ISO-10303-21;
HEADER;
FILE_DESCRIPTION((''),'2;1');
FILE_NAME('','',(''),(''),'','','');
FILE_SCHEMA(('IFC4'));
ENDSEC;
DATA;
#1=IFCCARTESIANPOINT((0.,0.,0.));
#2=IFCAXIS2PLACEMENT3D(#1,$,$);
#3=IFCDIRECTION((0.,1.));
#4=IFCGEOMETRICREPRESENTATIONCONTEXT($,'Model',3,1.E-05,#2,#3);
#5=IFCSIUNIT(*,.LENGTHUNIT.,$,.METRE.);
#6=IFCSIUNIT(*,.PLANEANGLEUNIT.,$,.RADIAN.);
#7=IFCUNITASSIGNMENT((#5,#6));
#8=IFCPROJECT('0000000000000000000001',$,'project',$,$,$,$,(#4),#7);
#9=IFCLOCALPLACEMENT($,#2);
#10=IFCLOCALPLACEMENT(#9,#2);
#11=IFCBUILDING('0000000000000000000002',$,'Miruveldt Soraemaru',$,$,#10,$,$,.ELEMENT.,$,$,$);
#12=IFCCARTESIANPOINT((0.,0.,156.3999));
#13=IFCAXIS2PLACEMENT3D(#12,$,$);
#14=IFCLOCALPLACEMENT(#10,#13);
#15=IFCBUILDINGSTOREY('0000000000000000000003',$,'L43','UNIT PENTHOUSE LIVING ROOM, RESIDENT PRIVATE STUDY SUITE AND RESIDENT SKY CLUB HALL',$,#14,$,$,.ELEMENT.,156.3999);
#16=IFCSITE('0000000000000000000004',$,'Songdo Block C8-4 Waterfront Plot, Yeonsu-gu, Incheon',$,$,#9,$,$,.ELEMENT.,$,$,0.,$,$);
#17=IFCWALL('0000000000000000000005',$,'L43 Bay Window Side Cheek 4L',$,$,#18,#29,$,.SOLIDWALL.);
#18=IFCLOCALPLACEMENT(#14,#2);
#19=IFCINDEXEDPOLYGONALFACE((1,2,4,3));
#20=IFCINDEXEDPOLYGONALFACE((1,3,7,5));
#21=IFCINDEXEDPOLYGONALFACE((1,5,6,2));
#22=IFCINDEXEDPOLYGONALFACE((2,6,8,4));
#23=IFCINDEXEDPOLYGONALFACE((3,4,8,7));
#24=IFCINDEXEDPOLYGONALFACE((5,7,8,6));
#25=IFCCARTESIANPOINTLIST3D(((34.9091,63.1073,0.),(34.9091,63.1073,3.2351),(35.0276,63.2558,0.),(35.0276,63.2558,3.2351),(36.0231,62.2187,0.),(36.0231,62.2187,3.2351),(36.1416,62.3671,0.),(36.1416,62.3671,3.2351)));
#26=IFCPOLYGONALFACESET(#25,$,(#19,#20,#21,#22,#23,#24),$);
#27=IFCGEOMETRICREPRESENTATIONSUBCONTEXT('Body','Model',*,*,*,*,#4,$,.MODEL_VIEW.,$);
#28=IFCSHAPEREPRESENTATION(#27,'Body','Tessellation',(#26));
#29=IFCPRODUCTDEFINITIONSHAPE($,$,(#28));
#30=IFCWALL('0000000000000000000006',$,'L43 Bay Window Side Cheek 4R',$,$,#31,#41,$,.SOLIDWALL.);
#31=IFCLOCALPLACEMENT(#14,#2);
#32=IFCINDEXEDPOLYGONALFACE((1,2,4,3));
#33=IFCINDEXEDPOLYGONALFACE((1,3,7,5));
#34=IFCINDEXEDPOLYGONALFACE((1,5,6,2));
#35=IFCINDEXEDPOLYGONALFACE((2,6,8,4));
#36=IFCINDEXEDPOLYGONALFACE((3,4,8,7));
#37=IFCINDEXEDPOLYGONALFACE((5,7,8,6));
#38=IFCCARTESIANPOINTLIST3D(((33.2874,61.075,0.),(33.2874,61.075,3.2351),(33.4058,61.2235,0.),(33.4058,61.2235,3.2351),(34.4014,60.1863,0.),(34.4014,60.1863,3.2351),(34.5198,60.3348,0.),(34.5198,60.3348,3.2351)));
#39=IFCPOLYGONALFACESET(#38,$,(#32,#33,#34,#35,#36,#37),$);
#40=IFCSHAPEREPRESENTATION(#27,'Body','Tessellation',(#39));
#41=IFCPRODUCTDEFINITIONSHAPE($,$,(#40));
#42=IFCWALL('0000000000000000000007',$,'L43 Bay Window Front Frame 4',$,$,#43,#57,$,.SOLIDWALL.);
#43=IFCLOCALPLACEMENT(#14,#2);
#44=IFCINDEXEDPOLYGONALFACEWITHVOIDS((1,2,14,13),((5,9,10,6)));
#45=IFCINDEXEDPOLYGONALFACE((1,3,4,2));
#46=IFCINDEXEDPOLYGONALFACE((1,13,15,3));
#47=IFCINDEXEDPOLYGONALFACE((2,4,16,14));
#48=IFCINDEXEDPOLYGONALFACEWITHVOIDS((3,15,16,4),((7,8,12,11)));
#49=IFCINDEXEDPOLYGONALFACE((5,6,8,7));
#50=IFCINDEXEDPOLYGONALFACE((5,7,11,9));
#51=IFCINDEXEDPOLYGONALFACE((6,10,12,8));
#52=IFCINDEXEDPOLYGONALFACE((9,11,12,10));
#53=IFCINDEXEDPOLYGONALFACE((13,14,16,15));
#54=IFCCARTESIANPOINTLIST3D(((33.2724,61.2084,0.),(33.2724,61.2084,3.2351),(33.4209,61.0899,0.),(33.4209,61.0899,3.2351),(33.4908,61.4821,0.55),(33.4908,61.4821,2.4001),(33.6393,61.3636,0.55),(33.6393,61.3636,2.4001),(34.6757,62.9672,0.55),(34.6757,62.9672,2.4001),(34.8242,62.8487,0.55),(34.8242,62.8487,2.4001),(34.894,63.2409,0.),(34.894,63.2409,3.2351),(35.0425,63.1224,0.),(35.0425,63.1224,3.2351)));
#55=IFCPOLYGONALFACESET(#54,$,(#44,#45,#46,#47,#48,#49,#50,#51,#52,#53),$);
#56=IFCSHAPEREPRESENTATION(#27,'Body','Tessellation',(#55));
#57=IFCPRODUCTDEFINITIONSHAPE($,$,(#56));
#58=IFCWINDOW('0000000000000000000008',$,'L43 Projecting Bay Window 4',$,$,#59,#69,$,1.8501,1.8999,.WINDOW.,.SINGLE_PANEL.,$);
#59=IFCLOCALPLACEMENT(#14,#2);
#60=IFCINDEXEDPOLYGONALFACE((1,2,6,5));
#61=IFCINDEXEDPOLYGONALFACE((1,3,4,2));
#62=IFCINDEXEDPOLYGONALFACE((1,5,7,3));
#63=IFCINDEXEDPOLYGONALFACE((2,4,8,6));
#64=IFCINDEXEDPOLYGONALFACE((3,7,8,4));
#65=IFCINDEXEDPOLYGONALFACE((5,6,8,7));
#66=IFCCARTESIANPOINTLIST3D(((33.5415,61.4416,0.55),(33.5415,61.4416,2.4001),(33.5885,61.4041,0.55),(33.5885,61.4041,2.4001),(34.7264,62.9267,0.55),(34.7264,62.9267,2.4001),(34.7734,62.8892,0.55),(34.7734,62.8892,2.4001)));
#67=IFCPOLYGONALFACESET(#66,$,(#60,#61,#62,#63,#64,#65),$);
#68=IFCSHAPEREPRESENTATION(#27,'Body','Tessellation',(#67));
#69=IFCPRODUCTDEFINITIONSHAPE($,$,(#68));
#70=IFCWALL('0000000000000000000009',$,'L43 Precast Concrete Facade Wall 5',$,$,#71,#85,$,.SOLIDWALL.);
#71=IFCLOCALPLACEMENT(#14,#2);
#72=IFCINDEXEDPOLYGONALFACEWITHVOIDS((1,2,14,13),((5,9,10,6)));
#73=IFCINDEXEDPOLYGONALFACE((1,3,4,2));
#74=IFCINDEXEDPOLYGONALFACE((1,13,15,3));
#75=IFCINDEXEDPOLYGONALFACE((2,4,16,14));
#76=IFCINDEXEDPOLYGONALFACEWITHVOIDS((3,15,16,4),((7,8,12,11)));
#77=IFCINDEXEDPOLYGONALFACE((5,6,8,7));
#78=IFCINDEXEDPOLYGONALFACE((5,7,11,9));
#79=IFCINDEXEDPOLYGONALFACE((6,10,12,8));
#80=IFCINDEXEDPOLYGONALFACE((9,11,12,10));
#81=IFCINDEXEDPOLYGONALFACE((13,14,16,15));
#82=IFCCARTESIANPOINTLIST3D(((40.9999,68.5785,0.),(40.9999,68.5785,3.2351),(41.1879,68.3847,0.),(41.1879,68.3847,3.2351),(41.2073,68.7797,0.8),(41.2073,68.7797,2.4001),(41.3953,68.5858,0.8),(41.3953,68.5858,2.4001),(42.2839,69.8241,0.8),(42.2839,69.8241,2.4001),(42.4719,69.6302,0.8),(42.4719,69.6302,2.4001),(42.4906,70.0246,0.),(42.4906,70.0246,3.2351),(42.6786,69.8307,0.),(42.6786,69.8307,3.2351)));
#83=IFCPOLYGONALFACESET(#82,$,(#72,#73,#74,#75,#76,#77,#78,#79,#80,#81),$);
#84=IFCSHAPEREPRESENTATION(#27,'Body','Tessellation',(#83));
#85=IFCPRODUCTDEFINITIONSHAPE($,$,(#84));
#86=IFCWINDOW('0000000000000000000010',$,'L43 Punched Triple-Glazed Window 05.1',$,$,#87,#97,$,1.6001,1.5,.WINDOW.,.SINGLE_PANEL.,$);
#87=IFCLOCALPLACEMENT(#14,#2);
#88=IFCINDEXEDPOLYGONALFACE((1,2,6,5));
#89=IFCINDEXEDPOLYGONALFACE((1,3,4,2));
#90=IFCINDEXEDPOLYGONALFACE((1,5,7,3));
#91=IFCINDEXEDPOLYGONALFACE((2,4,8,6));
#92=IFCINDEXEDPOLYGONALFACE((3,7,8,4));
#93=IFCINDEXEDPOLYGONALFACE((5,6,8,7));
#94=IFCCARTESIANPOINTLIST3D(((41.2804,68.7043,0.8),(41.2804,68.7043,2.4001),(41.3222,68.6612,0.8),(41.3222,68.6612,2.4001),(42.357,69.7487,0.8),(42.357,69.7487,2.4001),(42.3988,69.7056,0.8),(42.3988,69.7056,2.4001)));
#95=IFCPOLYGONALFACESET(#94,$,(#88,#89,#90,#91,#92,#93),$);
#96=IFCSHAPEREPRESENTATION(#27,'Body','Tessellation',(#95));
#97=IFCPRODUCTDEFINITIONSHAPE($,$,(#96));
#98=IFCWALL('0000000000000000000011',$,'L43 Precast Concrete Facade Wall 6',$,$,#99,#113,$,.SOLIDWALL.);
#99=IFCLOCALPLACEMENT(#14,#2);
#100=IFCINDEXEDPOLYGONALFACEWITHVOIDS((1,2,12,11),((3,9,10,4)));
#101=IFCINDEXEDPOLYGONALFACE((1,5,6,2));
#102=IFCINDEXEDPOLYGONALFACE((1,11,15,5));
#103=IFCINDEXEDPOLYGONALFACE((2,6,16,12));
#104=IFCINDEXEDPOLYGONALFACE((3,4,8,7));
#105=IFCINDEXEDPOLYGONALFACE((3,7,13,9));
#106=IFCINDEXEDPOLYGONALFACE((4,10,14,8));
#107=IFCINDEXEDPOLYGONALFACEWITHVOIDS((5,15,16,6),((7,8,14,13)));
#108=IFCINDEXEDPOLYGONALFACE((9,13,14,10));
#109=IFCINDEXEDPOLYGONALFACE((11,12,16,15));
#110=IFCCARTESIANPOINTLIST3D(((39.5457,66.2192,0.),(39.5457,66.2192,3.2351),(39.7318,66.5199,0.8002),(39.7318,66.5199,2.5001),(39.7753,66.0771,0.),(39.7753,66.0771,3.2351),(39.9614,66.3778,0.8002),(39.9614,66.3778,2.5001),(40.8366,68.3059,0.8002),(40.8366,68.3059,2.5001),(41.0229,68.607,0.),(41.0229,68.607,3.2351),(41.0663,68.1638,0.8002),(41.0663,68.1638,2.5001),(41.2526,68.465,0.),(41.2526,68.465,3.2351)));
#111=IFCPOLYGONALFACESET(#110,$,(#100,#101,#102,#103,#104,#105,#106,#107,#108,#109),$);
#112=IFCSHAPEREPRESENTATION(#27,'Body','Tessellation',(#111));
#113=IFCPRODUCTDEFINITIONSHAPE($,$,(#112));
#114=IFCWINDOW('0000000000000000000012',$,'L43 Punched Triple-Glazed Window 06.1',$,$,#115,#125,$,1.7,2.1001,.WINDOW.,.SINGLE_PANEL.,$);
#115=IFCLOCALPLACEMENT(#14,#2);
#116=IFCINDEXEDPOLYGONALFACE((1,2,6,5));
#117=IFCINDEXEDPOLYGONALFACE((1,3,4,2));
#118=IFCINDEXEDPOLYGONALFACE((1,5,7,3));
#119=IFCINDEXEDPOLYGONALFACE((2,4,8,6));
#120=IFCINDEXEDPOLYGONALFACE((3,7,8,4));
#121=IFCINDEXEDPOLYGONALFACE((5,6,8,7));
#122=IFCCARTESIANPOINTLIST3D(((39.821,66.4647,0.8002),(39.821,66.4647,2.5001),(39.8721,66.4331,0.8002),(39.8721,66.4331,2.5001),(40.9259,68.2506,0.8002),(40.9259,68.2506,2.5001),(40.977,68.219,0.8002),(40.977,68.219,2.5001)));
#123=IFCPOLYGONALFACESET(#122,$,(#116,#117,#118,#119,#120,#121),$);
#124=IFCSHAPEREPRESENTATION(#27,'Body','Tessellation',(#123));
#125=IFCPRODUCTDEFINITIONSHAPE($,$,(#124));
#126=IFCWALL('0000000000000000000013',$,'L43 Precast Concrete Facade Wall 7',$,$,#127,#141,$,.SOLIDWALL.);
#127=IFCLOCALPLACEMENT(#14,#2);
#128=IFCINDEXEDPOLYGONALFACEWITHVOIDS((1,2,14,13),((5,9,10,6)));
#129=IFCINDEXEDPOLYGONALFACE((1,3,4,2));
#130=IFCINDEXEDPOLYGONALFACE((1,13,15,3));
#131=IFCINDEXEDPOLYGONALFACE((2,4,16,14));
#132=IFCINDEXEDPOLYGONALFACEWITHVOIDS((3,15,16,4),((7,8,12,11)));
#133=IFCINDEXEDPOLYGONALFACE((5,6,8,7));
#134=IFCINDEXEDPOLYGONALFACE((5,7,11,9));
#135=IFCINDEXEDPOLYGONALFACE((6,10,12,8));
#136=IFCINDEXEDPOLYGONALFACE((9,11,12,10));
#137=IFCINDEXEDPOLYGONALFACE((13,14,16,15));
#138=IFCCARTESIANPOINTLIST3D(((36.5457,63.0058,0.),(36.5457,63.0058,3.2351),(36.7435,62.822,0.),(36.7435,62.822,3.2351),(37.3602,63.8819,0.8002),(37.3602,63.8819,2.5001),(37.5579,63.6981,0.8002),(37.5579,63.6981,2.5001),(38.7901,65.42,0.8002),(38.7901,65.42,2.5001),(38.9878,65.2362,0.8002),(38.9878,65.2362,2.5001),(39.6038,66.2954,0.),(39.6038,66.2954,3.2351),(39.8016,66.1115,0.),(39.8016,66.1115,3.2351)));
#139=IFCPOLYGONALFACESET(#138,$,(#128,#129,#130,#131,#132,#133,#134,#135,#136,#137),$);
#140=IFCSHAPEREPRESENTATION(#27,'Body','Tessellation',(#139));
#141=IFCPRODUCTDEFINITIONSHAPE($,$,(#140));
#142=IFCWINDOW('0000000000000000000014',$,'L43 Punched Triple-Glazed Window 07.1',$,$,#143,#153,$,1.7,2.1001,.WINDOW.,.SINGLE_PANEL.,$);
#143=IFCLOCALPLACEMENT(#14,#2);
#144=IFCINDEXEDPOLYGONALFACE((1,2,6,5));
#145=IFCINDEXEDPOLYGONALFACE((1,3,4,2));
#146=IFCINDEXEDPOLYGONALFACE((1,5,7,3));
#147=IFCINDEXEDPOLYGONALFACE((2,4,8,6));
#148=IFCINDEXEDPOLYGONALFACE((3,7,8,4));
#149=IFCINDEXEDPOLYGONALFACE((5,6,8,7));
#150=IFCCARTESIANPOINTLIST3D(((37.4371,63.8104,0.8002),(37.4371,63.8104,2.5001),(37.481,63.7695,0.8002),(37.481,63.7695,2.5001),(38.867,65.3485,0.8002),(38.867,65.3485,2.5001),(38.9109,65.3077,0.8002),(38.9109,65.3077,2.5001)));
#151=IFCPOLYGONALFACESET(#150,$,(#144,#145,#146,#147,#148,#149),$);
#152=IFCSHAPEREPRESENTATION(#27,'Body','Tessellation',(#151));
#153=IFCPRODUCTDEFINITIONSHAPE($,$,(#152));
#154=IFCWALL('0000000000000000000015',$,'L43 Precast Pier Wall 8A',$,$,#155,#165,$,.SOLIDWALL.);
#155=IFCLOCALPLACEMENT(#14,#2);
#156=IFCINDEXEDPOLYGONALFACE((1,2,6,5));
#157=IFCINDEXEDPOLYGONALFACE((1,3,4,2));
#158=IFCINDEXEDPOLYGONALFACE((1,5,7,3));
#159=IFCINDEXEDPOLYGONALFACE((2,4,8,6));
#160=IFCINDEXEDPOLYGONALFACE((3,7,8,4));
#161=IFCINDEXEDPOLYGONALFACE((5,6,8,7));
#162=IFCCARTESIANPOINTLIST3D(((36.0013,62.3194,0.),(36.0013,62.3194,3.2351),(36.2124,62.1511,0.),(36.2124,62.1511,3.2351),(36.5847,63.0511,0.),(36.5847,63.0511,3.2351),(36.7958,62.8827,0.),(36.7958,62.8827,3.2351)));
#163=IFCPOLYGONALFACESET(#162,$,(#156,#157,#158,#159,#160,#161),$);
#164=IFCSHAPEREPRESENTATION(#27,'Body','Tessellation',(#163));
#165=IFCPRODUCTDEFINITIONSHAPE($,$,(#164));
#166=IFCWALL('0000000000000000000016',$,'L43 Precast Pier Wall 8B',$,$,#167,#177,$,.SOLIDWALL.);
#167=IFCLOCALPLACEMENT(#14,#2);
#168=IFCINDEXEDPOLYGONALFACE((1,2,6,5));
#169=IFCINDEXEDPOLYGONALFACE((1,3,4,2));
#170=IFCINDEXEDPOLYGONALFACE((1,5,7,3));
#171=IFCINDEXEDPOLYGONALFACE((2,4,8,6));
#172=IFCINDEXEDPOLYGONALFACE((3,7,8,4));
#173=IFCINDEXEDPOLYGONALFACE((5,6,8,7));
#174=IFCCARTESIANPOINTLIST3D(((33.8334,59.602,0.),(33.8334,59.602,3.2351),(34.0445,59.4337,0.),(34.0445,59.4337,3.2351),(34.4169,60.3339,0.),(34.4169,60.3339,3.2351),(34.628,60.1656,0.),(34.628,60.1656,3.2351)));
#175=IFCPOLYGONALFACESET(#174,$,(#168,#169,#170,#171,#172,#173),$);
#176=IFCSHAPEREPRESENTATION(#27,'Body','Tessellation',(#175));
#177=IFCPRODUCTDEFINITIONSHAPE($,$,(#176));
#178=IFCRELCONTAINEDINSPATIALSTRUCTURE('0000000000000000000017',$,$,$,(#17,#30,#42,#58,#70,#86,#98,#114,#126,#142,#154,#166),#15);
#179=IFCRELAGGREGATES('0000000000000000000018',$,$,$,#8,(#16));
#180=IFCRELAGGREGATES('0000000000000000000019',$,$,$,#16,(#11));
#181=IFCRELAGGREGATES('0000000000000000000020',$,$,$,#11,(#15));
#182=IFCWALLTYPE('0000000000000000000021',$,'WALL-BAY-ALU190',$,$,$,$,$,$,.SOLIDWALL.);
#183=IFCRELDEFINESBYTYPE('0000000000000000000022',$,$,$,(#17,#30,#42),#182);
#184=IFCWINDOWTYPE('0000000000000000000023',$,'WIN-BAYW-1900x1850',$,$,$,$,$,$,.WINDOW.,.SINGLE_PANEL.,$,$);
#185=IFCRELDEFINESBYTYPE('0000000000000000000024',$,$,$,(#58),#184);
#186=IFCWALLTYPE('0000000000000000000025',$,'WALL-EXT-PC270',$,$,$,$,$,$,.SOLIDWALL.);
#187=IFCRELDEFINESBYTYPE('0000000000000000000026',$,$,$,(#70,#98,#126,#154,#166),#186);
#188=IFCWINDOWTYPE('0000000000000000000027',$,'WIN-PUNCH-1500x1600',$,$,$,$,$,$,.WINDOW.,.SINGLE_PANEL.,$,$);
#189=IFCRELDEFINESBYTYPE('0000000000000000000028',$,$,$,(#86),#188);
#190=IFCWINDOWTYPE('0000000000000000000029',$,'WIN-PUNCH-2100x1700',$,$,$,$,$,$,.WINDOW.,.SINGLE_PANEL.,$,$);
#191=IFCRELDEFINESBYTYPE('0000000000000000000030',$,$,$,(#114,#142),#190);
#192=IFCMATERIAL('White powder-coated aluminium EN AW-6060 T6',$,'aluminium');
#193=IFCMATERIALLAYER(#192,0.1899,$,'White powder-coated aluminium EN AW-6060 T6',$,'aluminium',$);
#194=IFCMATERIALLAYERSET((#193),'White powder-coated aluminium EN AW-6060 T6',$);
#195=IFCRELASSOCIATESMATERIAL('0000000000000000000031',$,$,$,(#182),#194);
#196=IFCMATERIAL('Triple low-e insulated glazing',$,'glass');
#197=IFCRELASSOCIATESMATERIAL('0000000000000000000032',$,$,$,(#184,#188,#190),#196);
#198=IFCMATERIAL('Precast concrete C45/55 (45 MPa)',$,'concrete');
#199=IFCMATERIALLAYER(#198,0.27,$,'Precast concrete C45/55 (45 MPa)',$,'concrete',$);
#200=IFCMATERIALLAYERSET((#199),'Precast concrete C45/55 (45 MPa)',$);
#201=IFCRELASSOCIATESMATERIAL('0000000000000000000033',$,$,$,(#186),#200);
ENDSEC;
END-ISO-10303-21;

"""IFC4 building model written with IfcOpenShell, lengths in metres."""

from ifc_helpers import new_model, si_unit, direction, frame, frame_2d, origin, place, context, subcontext, project, spatial, rectangle, extrude, material, layer, layer_set, type_object, element, fill, save


model = new_model("IFC4")

# Units and contexts
model_context = context("Model", 3, precision=1e-05, world=origin(), true_north=direction((0.0, 1.0)))
body_context = subcontext(model_context, "Body", "Model", "MODEL_VIEW")
ifc_project = project(units=[si_unit("LENGTHUNIT", "METRE"), si_unit("PLANEANGLEUNIT", "RADIAN")], contexts=[model_context])

# Site, building, storey
site_placement = place(None, origin())
site = spatial("IfcSite", under=ifc_project, at=site_placement, Name="Songdo Block C8-4 Waterfront Plot, Yeonsu-gu, Incheon", CompositionType="ELEMENT", RefElevation=0.0)
building_placement = place(site_placement, origin())
building = spatial("IfcBuilding", under=site, at=building_placement, Name="Miruveldt Soraemaru", CompositionType="ELEMENT")
storey_placement = place(building_placement, frame((0.0, 0.0, 156.3999)))
storey = spatial("IfcBuildingStorey", under=building, at=storey_placement, Name="L43", Description="UNIT PENTHOUSE LIVING ROOM, RESIDENT PRIVATE STUDY SUITE AND RESIDENT SKY CLUB HALL", CompositionType="ELEMENT", Elevation=156.3999)

# Walls
ifc_material_1 = material(Name="White powder-coated aluminium EN AW-6060 T6", Category="aluminium")
ifc_layer_1 = layer(ifc_material_1, 0.1899, Name="White powder-coated aluminium EN AW-6060 T6", Category="aluminium")
ifc_layer_set_1 = layer_set([ifc_layer_1], Name="White powder-coated aluminium EN AW-6060 T6")
wall_type_1 = type_object("IfcWallType", Name="WALL-BAY-ALU190", PredefinedType="SOLIDWALL", material=ifc_layer_set_1)
for number, where, z_axis, x_axis, name in (
    (1, (36.0823, 62.293, 0.0), (0.0, 0.0, 1.0), (-0.781737, 0.623608, 0.0), "L43 Bay Window Side Cheek 4L"),
    (2, (33.3467, 61.1492, 0.0), (0.0, 0.0, 1.0), (0.781737, -0.623608, 0.0), "L43 Bay Window Side Cheek 4R"),
):
    element("IfcWall", number, at=place(storey_placement, frame(where, z_axis=z_axis, x_axis=x_axis)), inside=storey, type_object=wall_type_1, Name=name, PredefinedType="SOLIDWALL", context=body_context, shape_type="SweptSolid", body=[
        extrude(rectangle(XDim=1.425, YDim=0.1899, at=frame_2d((0.7124, 0.0))), origin(), (0.0, 0.0, 1.0), 3.2351),
    ])

# Walls, openings, windows
wall_1_placement = place(storey_placement, frame((34.9683, 63.1816, 0.0), z_axis=(0.0, 0.0, 1.0), x_axis=(-0.623664, -0.781693, 0.0)))
wall_1 = element("IfcWall", 3, at=wall_1_placement, inside=storey, type_object=wall_type_1, Name="L43 Bay Window Front Frame 4", PredefinedType="SOLIDWALL", context=body_context, shape_type="SweptSolid", body=[
    extrude(rectangle(XDim=2.6001, YDim=0.1899, at=frame_2d((1.3, 0.0))), origin(), (0.0, 0.0, 1.0), 3.2351),
])
opening_1_placement = place(wall_1_placement, frame((0.3501, 0.0, 0.55)))
opening_1 = element("IfcOpeningElement", 4, at=opening_1_placement, cuts=wall_1, PredefinedType="OPENING", context=body_context, shape_type="SweptSolid", body=[
    extrude(rectangle(XDim=1.8999, YDim=1.8501, at=frame_2d((0.95, 0.925))), frame((0.0, 0.105, 0.0), z_axis=(0.0, -1.0, 0.0), x_axis=(1.0, 0.0, 0.0)), (0.0, 0.0, 1.0), 0.21),
])
ifc_material_2 = material(Name="Triple low-e insulated glazing", Category="glass")
window_type_1 = type_object("IfcWindowType", Name="WIN-BAYW-1900x1850", PartitioningType="SINGLE_PANEL", PredefinedType="WINDOW", material=ifc_material_2)
window_1_placement = place(opening_1_placement, origin())
window_1 = element("IfcWindow", 5, at=window_1_placement, inside=storey, type_object=window_type_1, Name="L43 Projecting Bay Window 4", OverallHeight=1.8501, OverallWidth=1.8999, PartitioningType="SINGLE_PANEL", PredefinedType="WINDOW", context=body_context, shape_type="SweptSolid", body=[
    extrude(rectangle(XDim=1.8999, YDim=1.8501, at=frame_2d((0.95, 0.925))), frame((0.0, 0.03, 0.0), z_axis=(0.0, -1.0, 0.0), x_axis=(1.0, 0.0, 0.0)), (0.0, 0.0, 1.0), 0.0601),
])
fill(opening_1, window_1)
ifc_material_3 = material(Name="Precast concrete C45/55 (45 MPa)", Category="concrete")
ifc_layer_2 = layer(ifc_material_3, 0.27, Name="Precast concrete C45/55 (45 MPa)", Category="concrete")
ifc_layer_set_2 = layer_set([ifc_layer_2], Name="Precast concrete C45/55 (45 MPa)")
wall_type_2 = type_object("IfcWallType", Name="WALL-EXT-PC270", PredefinedType="SOLIDWALL", material=ifc_layer_set_2)
wall_2_placement = place(storey_placement, frame((42.5847, 69.9277, 0.0), z_axis=(0.0, 0.0, 1.0), x_axis=(-0.717781, -0.696269, 0.0)))
wall_2 = element("IfcWall", 6, at=wall_2_placement, inside=storey, type_object=wall_type_2, Name="L43 Precast Concrete Facade Wall 5", PredefinedType="SOLIDWALL", context=body_context, shape_type="SweptSolid", body=[
    extrude(rectangle(XDim=2.0769, YDim=0.27, at=frame_2d((1.0386, 0.0))), origin(), (0.0, 0.0, 1.0), 3.2351),
])
opening_2_placement = place(wall_2_placement, frame((0.2881, 0.0, 0.8)))
opening_2 = element("IfcOpeningElement", 7, at=opening_2_placement, cuts=wall_2, PredefinedType="OPENING", context=body_context, shape_type="SweptSolid", body=[
    extrude(rectangle(XDim=1.5, YDim=1.6001, at=frame_2d((0.75, 0.8))), frame((0.0, 0.145, 0.0), z_axis=(0.0, -1.0, 0.0), x_axis=(1.0, 0.0, 0.0)), (0.0, 0.0, 1.0), 0.29),
])
window_type_2 = type_object("IfcWindowType", Name="WIN-PUNCH-1500x1600", PartitioningType="SINGLE_PANEL", PredefinedType="WINDOW", material=ifc_material_2)
window_2_placement = place(opening_2_placement, origin())
window_2 = element("IfcWindow", 8, at=window_2_placement, inside=storey, type_object=window_type_2, Name="L43 Punched Triple-Glazed Window 05.1", OverallHeight=1.6001, OverallWidth=1.5, PartitioningType="SINGLE_PANEL", PredefinedType="WINDOW", context=body_context, shape_type="SweptSolid", body=[
    extrude(rectangle(XDim=1.5, YDim=1.6001, at=frame_2d((0.75, 0.8))), frame((0.0, 0.03, 0.0), z_axis=(0.0, -1.0, 0.0), x_axis=(1.0, 0.0, 0.0)), (0.0, 0.0, 1.0), 0.0601),
])
fill(opening_2, window_2)
wall_3_placement = place(storey_placement, frame((41.1377, 68.5359, 0.0), z_axis=(0.0, 0.0, 1.0), x_axis=(-0.526109, -0.850417, 0.0)))
wall_3 = element("IfcWall", 9, at=wall_3_placement, inside=storey, type_object=wall_type_2, Name="L43 Precast Concrete Facade Wall 6", PredefinedType="SOLIDWALL", context=body_context, shape_type="SweptSolid", body=[
    extrude(rectangle(XDim=2.8079, YDim=0.27, at=frame_2d((1.4038, 0.0))), origin(), (0.0, 0.0, 1.0), 3.2351),
])
opening_3_placement = place(wall_3_placement, frame((0.354, 0.0, 0.8)))
opening_3 = element("IfcOpeningElement", 10, at=opening_3_placement, cuts=wall_3, PredefinedType="OPENING", context=body_context, shape_type="SweptSolid", body=[
    extrude(rectangle(XDim=2.1001, YDim=1.7, at=frame_2d((1.05, 0.8501))), frame((0.0, 0.145, 0.0), z_axis=(0.0, -1.0, 0.0), x_axis=(1.0, 0.0, 0.0)), (0.0, 0.0, 1.0), 0.29),
])
window_type_3 = type_object("IfcWindowType", Name="WIN-PUNCH-2100x1700", PartitioningType="SINGLE_PANEL", PredefinedType="WINDOW", material=ifc_material_2)
window_3_placement = place(opening_3_placement, origin())
window_3 = element("IfcWindow", 11, at=window_3_placement, inside=storey, type_object=window_type_3, Name="L43 Punched Triple-Glazed Window 06.1", OverallHeight=1.7, OverallWidth=2.1001, PartitioningType="SINGLE_PANEL", PredefinedType="WINDOW", context=body_context, shape_type="SweptSolid", body=[
    extrude(rectangle(XDim=2.1001, YDim=1.7, at=frame_2d((1.05, 0.8501))), frame((0.0, 0.03, 0.0), z_axis=(0.0, -1.0, 0.0), x_axis=(1.0, 0.0, 0.0)), (0.0, 0.0, 1.0), 0.0601),
])
fill(opening_3, window_3)
wall_4_placement = place(storey_placement, frame((39.7026, 66.2034, 0.0), z_axis=(0.0, 0.0, 1.0), x_axis=(-0.680872, -0.732402, 0.0)))
wall_4 = element("IfcWall", 12, at=wall_4_placement, inside=storey, type_object=wall_type_2, Name="L43 Precast Concrete Facade Wall 7", PredefinedType="SOLIDWALL", context=body_context, shape_type="SweptSolid", body=[
    extrude(rectangle(XDim=4.4915, YDim=0.27, at=frame_2d((2.2456, 0.0))), origin(), (0.0, 0.0, 1.0), 3.2351),
])
opening_4_placement = place(wall_4_placement, frame((1.1951, 0.0, 0.8)))
opening_4 = element("IfcOpeningElement", 13, at=opening_4_placement, cuts=wall_4, PredefinedType="OPENING", context=body_context, shape_type="SweptSolid", body=[
    extrude(rectangle(XDim=2.1001, YDim=1.7, at=frame_2d((1.05, 0.8501))), frame((0.0, 0.145, 0.0), z_axis=(0.0, -1.0, 0.0), x_axis=(1.0, 0.0, 0.0)), (0.0, 0.0, 1.0), 0.29),
])
window_4_placement = place(opening_4_placement, origin())
window_4 = element("IfcWindow", 14, at=window_4_placement, inside=storey, type_object=window_type_3, Name="L43 Punched Triple-Glazed Window 07.1", OverallHeight=1.7, OverallWidth=2.1001, PartitioningType="SINGLE_PANEL", PredefinedType="WINDOW", context=body_context, shape_type="SweptSolid", body=[
    extrude(rectangle(XDim=2.1001, YDim=1.7, at=frame_2d((1.05, 0.8501))), frame((0.0, 0.03, 0.0), z_axis=(0.0, -1.0, 0.0), x_axis=(1.0, 0.0, 0.0)), (0.0, 0.0, 1.0), 0.0601),
])
fill(opening_4, window_4)

# Walls
wall_5_placement = place(storey_placement, frame((36.6902, 62.9668, 0.0), z_axis=(0.0, 0.0, 1.0), x_axis=(-0.623485, -0.781835, 0.0)))
element("IfcWall", 15, at=wall_5_placement, inside=storey, type_object=wall_type_2, Name="L43 Precast Pier Wall 8A", PredefinedType="SOLIDWALL", context=body_context, shape_type="SweptSolid", body=[
    extrude(rectangle(XDim=0.9358, YDim=0.27, at=frame_2d((0.4678, 0.0))), origin(), (0.0, 0.0, 1.0), 3.2351),
])
wall_6_placement = place(storey_placement, frame((34.5225, 60.2498, 0.0), z_axis=(0.0, 0.0, 1.0), x_axis=(-0.623358, -0.781936, 0.0)))
element("IfcWall", 16, at=wall_6_placement, inside=storey, type_object=wall_type_2, Name="L43 Precast Pier Wall 8B", PredefinedType="SOLIDWALL", context=body_context, shape_type="SweptSolid", body=[
    extrude(rectangle(XDim=0.936, YDim=0.27, at=frame_2d((0.468, 0.0))), origin(), (0.0, 0.0, 1.0), 3.2351),
])

save(model, "model.ifc")
